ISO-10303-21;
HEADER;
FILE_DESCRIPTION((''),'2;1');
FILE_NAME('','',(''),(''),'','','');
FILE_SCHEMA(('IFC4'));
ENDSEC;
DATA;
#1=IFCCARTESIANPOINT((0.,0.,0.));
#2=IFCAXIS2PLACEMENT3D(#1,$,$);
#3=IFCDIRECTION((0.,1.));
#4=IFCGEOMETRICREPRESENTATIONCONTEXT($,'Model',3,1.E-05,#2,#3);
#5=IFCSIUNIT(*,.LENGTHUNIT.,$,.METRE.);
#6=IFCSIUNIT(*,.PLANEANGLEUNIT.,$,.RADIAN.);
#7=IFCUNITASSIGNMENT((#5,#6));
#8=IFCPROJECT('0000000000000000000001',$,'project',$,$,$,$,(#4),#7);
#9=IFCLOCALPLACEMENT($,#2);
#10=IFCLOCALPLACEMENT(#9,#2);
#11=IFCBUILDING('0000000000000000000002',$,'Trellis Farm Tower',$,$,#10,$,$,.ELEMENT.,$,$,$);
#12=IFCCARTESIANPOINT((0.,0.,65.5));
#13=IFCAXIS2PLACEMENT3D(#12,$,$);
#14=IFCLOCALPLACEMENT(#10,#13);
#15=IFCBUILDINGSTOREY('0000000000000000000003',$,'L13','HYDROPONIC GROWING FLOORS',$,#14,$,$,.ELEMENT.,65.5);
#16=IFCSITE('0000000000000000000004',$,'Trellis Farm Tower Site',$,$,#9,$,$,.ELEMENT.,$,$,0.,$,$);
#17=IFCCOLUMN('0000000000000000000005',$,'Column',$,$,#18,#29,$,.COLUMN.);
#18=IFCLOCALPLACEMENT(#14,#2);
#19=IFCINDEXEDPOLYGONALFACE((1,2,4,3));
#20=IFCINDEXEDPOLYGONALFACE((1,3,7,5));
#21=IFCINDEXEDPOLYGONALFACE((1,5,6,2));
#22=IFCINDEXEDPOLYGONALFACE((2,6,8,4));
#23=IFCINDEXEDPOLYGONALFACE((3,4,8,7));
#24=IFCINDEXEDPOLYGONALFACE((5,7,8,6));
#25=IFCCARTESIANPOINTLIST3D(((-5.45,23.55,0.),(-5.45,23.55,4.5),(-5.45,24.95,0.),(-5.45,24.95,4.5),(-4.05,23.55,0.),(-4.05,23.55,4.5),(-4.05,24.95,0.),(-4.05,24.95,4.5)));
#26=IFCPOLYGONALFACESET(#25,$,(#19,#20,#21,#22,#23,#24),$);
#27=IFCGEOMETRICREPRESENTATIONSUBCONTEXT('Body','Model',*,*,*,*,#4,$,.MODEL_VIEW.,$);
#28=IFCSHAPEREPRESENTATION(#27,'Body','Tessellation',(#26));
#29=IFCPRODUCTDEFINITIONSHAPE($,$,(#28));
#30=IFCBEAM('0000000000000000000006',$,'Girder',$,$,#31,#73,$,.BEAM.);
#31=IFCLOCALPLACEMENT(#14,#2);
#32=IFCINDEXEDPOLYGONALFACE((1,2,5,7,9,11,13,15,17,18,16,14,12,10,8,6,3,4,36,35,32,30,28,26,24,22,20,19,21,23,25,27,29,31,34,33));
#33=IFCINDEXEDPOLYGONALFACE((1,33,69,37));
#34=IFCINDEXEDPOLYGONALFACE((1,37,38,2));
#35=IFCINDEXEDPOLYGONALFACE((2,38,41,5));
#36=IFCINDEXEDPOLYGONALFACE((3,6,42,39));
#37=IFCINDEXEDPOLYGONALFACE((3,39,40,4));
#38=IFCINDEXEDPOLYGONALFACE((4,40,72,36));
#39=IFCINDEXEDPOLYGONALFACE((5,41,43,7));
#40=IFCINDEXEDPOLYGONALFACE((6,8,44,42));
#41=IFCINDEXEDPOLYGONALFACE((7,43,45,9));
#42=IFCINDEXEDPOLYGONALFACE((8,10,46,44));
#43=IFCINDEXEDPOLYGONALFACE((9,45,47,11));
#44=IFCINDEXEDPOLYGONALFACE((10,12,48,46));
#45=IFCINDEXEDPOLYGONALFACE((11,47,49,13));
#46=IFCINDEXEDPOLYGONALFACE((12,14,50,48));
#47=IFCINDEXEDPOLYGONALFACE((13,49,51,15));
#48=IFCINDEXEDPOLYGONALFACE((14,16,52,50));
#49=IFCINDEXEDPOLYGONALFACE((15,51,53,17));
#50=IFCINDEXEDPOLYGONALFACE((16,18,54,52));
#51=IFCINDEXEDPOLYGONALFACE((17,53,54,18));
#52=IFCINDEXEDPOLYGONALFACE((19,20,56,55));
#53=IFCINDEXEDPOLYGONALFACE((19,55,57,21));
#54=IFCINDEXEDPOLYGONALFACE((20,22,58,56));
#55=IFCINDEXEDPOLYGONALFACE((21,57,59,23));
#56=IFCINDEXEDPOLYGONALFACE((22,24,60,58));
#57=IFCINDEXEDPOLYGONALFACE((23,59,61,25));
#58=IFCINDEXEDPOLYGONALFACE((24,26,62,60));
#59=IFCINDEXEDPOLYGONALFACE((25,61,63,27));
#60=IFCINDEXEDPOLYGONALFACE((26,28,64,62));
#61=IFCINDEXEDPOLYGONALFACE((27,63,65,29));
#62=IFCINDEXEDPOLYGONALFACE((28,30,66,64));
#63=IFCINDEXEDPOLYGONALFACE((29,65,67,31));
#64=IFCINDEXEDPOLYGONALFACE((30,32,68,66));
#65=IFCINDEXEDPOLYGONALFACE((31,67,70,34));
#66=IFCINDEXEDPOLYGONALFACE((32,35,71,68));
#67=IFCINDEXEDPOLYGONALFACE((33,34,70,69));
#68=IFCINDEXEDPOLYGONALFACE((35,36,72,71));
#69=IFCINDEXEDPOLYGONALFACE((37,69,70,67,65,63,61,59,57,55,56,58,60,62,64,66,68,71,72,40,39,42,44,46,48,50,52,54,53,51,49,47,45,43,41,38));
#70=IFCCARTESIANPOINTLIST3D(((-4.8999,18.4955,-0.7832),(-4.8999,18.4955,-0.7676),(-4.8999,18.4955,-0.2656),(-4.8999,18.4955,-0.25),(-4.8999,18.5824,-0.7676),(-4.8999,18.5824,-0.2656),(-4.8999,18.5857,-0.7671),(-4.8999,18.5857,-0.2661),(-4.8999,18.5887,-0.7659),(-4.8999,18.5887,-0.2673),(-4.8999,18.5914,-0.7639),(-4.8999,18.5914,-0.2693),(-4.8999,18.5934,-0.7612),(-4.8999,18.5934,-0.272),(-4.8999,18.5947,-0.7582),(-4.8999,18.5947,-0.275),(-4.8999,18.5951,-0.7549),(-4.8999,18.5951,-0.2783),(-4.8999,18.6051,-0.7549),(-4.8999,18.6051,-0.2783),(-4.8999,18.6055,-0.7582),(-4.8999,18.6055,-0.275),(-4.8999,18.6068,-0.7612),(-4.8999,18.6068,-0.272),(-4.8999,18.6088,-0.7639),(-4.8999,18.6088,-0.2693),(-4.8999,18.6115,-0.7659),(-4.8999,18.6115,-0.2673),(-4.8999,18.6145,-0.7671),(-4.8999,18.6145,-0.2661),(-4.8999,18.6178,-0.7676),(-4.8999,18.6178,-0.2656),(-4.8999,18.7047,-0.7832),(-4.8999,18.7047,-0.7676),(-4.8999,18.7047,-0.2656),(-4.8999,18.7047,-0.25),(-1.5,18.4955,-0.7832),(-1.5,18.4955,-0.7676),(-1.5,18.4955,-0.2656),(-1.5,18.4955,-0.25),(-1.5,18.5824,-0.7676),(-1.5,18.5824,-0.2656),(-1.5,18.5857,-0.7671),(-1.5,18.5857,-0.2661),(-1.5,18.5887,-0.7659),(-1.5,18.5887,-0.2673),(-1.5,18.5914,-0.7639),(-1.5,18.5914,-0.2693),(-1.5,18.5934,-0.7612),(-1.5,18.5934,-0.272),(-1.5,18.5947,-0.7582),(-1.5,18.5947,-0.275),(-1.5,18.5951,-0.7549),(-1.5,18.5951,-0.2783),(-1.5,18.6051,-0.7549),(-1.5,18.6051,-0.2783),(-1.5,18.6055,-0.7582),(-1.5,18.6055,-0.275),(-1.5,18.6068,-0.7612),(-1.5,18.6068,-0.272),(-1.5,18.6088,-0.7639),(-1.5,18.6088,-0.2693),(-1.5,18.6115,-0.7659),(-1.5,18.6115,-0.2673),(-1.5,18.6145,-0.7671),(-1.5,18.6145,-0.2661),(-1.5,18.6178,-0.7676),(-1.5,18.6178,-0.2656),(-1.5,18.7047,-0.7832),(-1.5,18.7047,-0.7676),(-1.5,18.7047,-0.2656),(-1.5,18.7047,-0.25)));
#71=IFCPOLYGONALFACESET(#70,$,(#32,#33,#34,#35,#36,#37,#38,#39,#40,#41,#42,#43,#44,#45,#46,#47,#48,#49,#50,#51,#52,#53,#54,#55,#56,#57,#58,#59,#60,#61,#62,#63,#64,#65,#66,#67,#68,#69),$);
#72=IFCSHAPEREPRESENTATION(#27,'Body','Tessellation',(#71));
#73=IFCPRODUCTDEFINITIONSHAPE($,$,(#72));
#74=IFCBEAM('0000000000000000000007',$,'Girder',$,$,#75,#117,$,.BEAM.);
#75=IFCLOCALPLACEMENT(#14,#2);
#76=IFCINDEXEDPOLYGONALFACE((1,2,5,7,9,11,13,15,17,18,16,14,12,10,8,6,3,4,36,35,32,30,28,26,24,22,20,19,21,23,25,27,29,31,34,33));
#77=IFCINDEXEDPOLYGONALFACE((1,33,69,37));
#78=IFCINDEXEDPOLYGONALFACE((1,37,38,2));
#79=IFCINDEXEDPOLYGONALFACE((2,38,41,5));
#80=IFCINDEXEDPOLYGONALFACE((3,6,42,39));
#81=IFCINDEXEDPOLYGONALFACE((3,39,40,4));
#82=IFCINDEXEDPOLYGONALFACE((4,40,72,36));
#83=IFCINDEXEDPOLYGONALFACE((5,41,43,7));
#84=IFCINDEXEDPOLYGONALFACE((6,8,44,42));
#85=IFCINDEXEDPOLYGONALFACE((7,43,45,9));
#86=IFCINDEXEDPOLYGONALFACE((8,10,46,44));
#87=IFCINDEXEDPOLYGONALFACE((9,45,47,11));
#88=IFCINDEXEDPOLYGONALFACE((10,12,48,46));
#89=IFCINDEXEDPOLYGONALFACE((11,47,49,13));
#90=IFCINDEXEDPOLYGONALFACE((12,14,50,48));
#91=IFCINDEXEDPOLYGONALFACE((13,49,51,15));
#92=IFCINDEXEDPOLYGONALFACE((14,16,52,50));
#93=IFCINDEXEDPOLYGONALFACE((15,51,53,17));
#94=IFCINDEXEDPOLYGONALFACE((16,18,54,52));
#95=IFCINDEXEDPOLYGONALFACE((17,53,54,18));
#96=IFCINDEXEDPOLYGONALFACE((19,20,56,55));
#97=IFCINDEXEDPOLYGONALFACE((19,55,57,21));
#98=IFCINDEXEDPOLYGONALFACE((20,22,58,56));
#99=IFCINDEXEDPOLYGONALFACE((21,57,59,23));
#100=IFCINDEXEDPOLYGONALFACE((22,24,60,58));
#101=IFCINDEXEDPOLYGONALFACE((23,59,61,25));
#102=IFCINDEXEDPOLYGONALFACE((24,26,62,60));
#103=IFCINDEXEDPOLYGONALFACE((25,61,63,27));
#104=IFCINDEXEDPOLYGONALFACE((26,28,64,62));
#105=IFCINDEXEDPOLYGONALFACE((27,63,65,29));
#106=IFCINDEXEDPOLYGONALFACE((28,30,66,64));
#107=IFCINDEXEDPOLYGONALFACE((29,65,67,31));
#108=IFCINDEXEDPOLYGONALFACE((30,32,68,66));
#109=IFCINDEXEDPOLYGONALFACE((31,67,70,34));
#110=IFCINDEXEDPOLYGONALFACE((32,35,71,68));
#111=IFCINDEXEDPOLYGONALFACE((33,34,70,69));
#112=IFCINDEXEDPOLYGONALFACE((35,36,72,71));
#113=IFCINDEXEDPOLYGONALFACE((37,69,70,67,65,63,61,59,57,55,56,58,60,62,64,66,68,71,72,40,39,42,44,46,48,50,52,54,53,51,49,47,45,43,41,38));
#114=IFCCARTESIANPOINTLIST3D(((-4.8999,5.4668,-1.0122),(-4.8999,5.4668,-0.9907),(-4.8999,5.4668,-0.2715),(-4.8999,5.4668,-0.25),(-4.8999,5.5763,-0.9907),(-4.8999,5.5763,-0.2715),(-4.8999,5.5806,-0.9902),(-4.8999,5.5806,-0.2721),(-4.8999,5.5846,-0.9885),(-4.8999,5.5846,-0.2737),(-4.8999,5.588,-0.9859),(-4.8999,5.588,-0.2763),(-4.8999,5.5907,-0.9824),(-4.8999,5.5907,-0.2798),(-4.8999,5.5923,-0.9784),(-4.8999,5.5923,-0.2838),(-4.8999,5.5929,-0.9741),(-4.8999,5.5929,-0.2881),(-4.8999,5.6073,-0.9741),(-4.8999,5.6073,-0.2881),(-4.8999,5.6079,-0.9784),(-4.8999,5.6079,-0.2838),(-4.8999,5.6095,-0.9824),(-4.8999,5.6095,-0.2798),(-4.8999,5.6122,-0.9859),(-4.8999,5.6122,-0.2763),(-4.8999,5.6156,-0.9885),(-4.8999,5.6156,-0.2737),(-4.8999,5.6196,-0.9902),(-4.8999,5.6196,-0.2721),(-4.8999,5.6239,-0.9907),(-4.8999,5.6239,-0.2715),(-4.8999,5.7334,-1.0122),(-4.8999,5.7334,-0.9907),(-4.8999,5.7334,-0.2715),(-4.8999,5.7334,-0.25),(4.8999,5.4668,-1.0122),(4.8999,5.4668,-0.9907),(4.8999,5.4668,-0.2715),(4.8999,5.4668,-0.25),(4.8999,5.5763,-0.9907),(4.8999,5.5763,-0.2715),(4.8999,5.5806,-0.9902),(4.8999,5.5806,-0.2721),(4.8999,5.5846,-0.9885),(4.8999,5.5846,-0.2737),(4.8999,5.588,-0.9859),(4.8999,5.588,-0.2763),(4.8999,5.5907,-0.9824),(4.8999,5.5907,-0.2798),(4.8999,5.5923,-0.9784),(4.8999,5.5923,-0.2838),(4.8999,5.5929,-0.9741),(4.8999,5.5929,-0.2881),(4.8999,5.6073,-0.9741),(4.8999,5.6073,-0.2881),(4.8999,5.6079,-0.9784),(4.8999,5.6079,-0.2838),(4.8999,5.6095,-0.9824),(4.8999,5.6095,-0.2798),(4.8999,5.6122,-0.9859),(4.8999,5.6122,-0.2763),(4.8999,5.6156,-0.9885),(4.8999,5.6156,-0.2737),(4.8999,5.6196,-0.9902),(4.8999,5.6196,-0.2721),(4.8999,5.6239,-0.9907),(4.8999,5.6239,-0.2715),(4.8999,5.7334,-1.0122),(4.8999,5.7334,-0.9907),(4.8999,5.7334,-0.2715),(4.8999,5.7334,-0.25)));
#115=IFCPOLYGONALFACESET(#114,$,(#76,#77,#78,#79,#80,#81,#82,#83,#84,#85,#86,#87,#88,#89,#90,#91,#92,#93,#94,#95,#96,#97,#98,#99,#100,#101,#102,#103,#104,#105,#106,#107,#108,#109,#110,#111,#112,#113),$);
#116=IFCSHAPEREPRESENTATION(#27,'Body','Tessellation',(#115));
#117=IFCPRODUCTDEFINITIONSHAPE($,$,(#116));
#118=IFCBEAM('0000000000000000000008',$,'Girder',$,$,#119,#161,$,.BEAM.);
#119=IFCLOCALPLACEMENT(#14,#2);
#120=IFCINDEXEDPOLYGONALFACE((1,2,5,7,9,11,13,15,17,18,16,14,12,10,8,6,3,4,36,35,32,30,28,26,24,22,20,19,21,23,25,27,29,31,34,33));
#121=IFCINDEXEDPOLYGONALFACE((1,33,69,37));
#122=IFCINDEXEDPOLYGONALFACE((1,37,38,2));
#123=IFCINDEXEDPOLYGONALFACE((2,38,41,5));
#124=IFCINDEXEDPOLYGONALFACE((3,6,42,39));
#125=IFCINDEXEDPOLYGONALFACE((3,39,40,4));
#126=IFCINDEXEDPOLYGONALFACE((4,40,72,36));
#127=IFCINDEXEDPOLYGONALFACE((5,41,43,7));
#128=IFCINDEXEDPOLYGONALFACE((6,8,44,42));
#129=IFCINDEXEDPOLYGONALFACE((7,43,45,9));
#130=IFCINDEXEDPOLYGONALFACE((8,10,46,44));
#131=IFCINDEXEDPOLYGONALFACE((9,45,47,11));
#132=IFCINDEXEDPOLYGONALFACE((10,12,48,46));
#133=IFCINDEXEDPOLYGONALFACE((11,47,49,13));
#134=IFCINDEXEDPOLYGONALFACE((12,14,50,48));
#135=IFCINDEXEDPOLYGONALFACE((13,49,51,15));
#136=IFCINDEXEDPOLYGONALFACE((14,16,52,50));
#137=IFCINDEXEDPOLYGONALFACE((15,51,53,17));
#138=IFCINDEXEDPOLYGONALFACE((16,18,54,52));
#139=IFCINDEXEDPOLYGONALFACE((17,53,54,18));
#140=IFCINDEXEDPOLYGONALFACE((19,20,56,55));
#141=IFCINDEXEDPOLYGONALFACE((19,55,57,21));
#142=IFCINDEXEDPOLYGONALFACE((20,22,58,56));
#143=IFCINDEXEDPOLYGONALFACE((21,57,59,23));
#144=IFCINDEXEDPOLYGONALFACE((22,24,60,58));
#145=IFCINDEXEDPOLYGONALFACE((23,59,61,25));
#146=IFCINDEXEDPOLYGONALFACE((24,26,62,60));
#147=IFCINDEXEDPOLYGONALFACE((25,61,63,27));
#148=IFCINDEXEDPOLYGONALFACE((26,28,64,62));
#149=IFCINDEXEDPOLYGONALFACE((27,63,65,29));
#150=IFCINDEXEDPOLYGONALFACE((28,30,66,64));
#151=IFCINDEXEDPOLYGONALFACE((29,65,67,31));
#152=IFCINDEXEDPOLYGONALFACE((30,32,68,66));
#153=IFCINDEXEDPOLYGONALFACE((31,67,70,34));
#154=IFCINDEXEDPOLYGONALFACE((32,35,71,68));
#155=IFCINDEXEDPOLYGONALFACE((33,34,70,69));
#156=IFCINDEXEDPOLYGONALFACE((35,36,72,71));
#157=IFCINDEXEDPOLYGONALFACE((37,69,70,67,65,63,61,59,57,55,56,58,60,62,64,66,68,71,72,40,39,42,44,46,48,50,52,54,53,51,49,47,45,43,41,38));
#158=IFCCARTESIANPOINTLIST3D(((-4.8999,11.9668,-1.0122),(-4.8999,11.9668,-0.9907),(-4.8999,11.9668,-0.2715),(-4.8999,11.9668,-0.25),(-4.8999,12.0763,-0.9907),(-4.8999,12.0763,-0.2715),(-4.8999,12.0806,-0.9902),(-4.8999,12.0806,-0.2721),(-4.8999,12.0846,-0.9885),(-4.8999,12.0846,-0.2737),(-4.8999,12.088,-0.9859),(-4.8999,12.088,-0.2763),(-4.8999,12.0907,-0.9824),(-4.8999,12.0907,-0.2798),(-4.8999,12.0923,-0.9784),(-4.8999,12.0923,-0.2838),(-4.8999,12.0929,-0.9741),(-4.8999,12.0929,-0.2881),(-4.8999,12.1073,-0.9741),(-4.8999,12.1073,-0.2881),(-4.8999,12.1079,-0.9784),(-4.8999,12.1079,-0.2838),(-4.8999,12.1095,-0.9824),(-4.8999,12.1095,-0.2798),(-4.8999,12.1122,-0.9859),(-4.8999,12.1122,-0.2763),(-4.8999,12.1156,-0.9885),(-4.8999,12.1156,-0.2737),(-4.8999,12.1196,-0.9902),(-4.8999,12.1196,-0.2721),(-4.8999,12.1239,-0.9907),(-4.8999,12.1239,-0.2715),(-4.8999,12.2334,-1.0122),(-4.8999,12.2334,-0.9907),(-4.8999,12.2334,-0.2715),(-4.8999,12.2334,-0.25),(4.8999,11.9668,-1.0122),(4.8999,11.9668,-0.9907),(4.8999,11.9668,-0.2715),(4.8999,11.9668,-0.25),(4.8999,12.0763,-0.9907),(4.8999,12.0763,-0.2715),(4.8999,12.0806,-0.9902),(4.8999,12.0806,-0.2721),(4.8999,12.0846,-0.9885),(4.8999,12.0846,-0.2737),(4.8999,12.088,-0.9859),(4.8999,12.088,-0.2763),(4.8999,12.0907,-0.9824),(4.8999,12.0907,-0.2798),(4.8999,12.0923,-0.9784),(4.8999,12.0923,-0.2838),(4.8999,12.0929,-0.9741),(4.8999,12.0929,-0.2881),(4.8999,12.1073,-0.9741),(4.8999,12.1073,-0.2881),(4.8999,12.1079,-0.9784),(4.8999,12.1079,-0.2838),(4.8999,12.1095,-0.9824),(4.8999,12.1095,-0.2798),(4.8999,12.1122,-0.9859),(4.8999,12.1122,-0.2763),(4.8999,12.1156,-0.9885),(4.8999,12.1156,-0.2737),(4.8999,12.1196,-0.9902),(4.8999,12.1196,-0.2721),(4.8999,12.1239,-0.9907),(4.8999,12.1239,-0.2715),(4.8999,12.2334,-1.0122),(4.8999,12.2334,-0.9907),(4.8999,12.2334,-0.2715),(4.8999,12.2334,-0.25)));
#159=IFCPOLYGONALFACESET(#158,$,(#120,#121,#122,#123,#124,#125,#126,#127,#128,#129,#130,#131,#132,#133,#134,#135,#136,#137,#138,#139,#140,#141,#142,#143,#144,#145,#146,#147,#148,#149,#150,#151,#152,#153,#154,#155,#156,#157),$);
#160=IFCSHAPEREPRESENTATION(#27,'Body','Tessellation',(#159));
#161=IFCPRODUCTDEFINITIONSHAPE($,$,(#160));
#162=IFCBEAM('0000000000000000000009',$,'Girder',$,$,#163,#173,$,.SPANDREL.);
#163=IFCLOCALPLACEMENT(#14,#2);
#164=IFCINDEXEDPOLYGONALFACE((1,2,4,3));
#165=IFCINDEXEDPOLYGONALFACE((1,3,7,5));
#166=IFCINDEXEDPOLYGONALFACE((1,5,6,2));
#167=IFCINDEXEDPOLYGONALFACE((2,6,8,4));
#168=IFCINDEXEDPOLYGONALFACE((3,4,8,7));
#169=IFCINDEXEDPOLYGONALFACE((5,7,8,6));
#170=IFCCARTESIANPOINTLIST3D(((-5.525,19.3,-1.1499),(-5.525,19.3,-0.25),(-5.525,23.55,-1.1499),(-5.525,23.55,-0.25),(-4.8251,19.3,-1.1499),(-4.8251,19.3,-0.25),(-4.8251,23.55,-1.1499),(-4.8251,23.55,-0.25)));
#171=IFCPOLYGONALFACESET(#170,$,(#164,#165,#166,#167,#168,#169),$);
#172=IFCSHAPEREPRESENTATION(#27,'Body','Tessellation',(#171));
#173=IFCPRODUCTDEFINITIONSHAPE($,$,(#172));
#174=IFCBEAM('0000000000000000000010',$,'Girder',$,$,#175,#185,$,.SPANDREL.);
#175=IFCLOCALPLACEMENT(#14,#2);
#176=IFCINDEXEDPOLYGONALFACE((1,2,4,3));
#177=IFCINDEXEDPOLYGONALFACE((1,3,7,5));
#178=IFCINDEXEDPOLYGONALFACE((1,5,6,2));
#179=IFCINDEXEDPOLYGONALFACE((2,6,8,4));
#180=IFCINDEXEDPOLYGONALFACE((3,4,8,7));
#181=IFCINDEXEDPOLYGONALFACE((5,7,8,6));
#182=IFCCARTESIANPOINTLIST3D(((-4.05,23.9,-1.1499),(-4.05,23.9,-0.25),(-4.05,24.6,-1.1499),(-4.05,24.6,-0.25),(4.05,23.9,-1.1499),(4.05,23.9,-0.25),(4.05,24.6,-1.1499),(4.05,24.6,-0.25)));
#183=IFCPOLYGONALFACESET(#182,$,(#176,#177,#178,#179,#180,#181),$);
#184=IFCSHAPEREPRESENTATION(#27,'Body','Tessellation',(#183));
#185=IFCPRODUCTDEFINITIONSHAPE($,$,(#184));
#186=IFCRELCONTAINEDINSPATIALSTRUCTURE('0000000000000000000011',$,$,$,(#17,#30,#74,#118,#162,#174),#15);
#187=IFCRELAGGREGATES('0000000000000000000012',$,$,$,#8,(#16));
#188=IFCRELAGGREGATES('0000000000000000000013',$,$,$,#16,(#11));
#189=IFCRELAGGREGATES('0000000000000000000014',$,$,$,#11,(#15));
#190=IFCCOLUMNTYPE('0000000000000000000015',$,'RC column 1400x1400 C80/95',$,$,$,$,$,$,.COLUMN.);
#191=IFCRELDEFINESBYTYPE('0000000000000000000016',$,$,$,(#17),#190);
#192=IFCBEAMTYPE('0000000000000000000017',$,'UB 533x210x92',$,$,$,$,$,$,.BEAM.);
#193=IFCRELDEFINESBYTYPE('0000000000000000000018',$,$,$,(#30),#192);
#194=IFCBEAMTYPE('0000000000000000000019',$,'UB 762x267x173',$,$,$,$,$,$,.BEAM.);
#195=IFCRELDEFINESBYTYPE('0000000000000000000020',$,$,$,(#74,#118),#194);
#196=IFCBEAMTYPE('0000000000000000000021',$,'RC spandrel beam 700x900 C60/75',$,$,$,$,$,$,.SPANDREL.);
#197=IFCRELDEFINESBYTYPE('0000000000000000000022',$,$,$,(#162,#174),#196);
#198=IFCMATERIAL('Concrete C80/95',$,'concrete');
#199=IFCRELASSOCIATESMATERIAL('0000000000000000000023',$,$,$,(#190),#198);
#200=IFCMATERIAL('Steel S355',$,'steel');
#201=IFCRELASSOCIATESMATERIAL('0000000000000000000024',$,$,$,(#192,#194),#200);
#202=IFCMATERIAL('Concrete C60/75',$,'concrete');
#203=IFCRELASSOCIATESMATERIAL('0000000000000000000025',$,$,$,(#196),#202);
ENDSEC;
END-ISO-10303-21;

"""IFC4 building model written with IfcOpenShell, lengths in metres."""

from ifc_helpers import new_model, si_unit, direction, frame, origin, origin_2d, place, context, subcontext, project, spatial, rectangle, i_section, extrude, source, transform, mapped, material, material_profile, profile_set, type_object, element, save


model = new_model("IFC4")

# Units and contexts
model_context = context("Model", 3, precision=1e-05, world=origin(), true_north=direction((0.0, 1.0)))
body_context = subcontext(model_context, "Body", "Model", "MODEL_VIEW")
ifc_project = project(units=[si_unit("LENGTHUNIT", "METRE"), si_unit("PLANEANGLEUNIT", "RADIAN")], contexts=[model_context])

# Site, building, storey
site_placement = place(None, origin())
site = spatial("IfcSite", under=ifc_project, at=site_placement, Name="Trellis Farm Tower Site", CompositionType="ELEMENT", RefElevation=0.0)
building_placement = place(site_placement, origin())
building = spatial("IfcBuilding", under=site, at=building_placement, Name="Trellis Farm Tower", CompositionType="ELEMENT")
storey_placement = place(building_placement, frame((0.0, 0.0, 65.5)))
storey = spatial("IfcBuildingStorey", under=building, at=storey_placement, Name="L13", Description="HYDROPONIC GROWING FLOORS", CompositionType="ELEMENT", Elevation=65.5)

# Column
ifc_material_1 = material(Name="Concrete C80/95", Category="concrete")
ifc_material_profile_1 = material_profile(ifc_material_1, rectangle(XDim=1.3999, YDim=1.3999, at=origin_2d()), Name="RC column 1400x1400 C80/95")
ifc_profile_set_1 = profile_set([ifc_material_profile_1], Name="Concrete C80/95")
column_type = type_object("IfcColumnType", Name="RC column 1400x1400 C80/95", PredefinedType="COLUMN", material=ifc_profile_set_1)
shared_shape_1 = source(origin(), body_context, "Body", "SweptSolid", [
    extrude(rectangle(XDim=1.3999, YDim=1.3999, at=origin_2d()), origin(), (0.0, 0.0, 1.0), 4.5),
])
column_placement = place(storey_placement, frame((-4.75, 24.25, 0.0), z_axis=(0.0, 0.0, 1.0), x_axis=(1.0, 0.0, 0.0)))
element("IfcColumn", 1, at=column_placement, inside=storey, type_object=column_type, Name="Column", PredefinedType="COLUMN", context=body_context, shape_type="MappedRepresentation", body=[
    mapped(shared_shape_1, transform((0.0, 0.0, 0.0))),
])

# Beams
ifc_material_2 = material(Name="Steel S355", Category="steel")
ifc_material_profile_2 = material_profile(ifc_material_2, i_section(OverallWidth=0.2092, OverallDepth=0.5332, WebThickness=0.01, FlangeThickness=0.0156, FilletRadius=0.0127, at=origin_2d()), Name="UB 533x210x92")
ifc_profile_set_2 = profile_set([ifc_material_profile_2], Name="Steel S355")
beam_type_1 = type_object("IfcBeamType", Name="UB 533x210x92", PredefinedType="BEAM", material=ifc_profile_set_2)
shared_shape_2 = source(origin(), body_context, "Body", "SweptSolid", [
    extrude(i_section(OverallWidth=0.2092, OverallDepth=0.5332, WebThickness=0.01, FlangeThickness=0.0156, FilletRadius=0.0127, at=origin_2d()), origin(), (0.0, 0.0, 1.0), 3.3999),
])
beam_1_placement = place(storey_placement, frame((-4.8999, 18.6001, -0.5166), z_axis=(1.0, 0.0, 0.0), x_axis=(0.0, 1.0, 0.0)))
element("IfcBeam", 2, at=beam_1_placement, inside=storey, type_object=beam_type_1, Name="Girder", PredefinedType="BEAM", context=body_context, shape_type="MappedRepresentation", body=[
    mapped(shared_shape_2, transform((0.0, 0.0, 0.0))),
])
ifc_material_profile_3 = material_profile(ifc_material_2, i_section(OverallWidth=0.2666, OverallDepth=0.7622, WebThickness=0.0144, FlangeThickness=0.0215, FilletRadius=0.0166, at=origin_2d()), Name="UB 762x267x173")
ifc_profile_set_3 = profile_set([ifc_material_profile_3], Name="Steel S355")
beam_type_2 = type_object("IfcBeamType", Name="UB 762x267x173", PredefinedType="BEAM", material=ifc_profile_set_3)
shared_shape_3 = source(origin(), body_context, "Body", "SweptSolid", [
    extrude(i_section(OverallWidth=0.2666, OverallDepth=0.7622, WebThickness=0.0144, FlangeThickness=0.0215, FilletRadius=0.0166, at=origin_2d()), origin(), (0.0, 0.0, 1.0), 9.7998),
])
for number, where, z_axis, x_axis, name in (
    (3, (-4.8999, 5.6001, -0.6311), (1.0, 0.0, 0.0), (0.0, 1.0, 0.0), "Girder"),
    (4, (-4.8999, 12.1001, -0.6311), (1.0, 0.0, 0.0), (0.0, 1.0, 0.0), "Girder"),
):
    element("IfcBeam", number, at=place(storey_placement, frame(where, z_axis=z_axis, x_axis=x_axis)), inside=storey, type_object=beam_type_2, Name=name, PredefinedType="BEAM", context=body_context, shape_type="MappedRepresentation", body=[
        mapped(shared_shape_3, transform((0.0, 0.0, 0.0))),
    ])
ifc_material_3 = material(Name="Concrete C60/75", Category="concrete")
ifc_material_profile_4 = material_profile(ifc_material_3, rectangle(XDim=0.7, YDim=0.8999, at=origin_2d()), Name="RC spandrel beam 700x900 C60/75")
ifc_profile_set_4 = profile_set([ifc_material_profile_4], Name="Concrete C60/75")
beam_type_3 = type_object("IfcBeamType", Name="RC spandrel beam 700x900 C60/75", PredefinedType="SPANDREL", material=ifc_profile_set_4)
shared_shape_4 = source(origin(), body_context, "Body", "SweptSolid", [
    extrude(rectangle(XDim=0.7, YDim=0.8999, at=origin_2d()), origin(), (0.0, 0.0, 1.0), 4.25),
])
beam_2_placement = place(storey_placement, frame((-5.175, 19.3, -0.7), z_axis=(0.0, 1.0, 0.0), x_axis=(-1.0, 0.0, 0.0)))
element("IfcBeam", 5, at=beam_2_placement, inside=storey, type_object=beam_type_3, Name="Girder", PredefinedType="SPANDREL", context=body_context, shape_type="MappedRepresentation", body=[
    mapped(shared_shape_4, transform((0.0, 0.0, 0.0))),
])
shared_shape_5 = source(origin(), body_context, "Body", "SweptSolid", [
    extrude(rectangle(XDim=0.7, YDim=0.8999, at=origin_2d()), origin(), (0.0, 0.0, 1.0), 8.1001),
])
beam_3_placement = place(storey_placement, frame((-4.05, 24.25, -0.7), z_axis=(1.0, 0.0, 0.0), x_axis=(0.0, 1.0, 0.0)))
element("IfcBeam", 6, at=beam_3_placement, inside=storey, type_object=beam_type_3, Name="Girder", PredefinedType="SPANDREL", context=body_context, shape_type="MappedRepresentation", body=[
    mapped(shared_shape_5, transform((0.0, 0.0, 0.0))),
])

save(model, "model.ifc")
